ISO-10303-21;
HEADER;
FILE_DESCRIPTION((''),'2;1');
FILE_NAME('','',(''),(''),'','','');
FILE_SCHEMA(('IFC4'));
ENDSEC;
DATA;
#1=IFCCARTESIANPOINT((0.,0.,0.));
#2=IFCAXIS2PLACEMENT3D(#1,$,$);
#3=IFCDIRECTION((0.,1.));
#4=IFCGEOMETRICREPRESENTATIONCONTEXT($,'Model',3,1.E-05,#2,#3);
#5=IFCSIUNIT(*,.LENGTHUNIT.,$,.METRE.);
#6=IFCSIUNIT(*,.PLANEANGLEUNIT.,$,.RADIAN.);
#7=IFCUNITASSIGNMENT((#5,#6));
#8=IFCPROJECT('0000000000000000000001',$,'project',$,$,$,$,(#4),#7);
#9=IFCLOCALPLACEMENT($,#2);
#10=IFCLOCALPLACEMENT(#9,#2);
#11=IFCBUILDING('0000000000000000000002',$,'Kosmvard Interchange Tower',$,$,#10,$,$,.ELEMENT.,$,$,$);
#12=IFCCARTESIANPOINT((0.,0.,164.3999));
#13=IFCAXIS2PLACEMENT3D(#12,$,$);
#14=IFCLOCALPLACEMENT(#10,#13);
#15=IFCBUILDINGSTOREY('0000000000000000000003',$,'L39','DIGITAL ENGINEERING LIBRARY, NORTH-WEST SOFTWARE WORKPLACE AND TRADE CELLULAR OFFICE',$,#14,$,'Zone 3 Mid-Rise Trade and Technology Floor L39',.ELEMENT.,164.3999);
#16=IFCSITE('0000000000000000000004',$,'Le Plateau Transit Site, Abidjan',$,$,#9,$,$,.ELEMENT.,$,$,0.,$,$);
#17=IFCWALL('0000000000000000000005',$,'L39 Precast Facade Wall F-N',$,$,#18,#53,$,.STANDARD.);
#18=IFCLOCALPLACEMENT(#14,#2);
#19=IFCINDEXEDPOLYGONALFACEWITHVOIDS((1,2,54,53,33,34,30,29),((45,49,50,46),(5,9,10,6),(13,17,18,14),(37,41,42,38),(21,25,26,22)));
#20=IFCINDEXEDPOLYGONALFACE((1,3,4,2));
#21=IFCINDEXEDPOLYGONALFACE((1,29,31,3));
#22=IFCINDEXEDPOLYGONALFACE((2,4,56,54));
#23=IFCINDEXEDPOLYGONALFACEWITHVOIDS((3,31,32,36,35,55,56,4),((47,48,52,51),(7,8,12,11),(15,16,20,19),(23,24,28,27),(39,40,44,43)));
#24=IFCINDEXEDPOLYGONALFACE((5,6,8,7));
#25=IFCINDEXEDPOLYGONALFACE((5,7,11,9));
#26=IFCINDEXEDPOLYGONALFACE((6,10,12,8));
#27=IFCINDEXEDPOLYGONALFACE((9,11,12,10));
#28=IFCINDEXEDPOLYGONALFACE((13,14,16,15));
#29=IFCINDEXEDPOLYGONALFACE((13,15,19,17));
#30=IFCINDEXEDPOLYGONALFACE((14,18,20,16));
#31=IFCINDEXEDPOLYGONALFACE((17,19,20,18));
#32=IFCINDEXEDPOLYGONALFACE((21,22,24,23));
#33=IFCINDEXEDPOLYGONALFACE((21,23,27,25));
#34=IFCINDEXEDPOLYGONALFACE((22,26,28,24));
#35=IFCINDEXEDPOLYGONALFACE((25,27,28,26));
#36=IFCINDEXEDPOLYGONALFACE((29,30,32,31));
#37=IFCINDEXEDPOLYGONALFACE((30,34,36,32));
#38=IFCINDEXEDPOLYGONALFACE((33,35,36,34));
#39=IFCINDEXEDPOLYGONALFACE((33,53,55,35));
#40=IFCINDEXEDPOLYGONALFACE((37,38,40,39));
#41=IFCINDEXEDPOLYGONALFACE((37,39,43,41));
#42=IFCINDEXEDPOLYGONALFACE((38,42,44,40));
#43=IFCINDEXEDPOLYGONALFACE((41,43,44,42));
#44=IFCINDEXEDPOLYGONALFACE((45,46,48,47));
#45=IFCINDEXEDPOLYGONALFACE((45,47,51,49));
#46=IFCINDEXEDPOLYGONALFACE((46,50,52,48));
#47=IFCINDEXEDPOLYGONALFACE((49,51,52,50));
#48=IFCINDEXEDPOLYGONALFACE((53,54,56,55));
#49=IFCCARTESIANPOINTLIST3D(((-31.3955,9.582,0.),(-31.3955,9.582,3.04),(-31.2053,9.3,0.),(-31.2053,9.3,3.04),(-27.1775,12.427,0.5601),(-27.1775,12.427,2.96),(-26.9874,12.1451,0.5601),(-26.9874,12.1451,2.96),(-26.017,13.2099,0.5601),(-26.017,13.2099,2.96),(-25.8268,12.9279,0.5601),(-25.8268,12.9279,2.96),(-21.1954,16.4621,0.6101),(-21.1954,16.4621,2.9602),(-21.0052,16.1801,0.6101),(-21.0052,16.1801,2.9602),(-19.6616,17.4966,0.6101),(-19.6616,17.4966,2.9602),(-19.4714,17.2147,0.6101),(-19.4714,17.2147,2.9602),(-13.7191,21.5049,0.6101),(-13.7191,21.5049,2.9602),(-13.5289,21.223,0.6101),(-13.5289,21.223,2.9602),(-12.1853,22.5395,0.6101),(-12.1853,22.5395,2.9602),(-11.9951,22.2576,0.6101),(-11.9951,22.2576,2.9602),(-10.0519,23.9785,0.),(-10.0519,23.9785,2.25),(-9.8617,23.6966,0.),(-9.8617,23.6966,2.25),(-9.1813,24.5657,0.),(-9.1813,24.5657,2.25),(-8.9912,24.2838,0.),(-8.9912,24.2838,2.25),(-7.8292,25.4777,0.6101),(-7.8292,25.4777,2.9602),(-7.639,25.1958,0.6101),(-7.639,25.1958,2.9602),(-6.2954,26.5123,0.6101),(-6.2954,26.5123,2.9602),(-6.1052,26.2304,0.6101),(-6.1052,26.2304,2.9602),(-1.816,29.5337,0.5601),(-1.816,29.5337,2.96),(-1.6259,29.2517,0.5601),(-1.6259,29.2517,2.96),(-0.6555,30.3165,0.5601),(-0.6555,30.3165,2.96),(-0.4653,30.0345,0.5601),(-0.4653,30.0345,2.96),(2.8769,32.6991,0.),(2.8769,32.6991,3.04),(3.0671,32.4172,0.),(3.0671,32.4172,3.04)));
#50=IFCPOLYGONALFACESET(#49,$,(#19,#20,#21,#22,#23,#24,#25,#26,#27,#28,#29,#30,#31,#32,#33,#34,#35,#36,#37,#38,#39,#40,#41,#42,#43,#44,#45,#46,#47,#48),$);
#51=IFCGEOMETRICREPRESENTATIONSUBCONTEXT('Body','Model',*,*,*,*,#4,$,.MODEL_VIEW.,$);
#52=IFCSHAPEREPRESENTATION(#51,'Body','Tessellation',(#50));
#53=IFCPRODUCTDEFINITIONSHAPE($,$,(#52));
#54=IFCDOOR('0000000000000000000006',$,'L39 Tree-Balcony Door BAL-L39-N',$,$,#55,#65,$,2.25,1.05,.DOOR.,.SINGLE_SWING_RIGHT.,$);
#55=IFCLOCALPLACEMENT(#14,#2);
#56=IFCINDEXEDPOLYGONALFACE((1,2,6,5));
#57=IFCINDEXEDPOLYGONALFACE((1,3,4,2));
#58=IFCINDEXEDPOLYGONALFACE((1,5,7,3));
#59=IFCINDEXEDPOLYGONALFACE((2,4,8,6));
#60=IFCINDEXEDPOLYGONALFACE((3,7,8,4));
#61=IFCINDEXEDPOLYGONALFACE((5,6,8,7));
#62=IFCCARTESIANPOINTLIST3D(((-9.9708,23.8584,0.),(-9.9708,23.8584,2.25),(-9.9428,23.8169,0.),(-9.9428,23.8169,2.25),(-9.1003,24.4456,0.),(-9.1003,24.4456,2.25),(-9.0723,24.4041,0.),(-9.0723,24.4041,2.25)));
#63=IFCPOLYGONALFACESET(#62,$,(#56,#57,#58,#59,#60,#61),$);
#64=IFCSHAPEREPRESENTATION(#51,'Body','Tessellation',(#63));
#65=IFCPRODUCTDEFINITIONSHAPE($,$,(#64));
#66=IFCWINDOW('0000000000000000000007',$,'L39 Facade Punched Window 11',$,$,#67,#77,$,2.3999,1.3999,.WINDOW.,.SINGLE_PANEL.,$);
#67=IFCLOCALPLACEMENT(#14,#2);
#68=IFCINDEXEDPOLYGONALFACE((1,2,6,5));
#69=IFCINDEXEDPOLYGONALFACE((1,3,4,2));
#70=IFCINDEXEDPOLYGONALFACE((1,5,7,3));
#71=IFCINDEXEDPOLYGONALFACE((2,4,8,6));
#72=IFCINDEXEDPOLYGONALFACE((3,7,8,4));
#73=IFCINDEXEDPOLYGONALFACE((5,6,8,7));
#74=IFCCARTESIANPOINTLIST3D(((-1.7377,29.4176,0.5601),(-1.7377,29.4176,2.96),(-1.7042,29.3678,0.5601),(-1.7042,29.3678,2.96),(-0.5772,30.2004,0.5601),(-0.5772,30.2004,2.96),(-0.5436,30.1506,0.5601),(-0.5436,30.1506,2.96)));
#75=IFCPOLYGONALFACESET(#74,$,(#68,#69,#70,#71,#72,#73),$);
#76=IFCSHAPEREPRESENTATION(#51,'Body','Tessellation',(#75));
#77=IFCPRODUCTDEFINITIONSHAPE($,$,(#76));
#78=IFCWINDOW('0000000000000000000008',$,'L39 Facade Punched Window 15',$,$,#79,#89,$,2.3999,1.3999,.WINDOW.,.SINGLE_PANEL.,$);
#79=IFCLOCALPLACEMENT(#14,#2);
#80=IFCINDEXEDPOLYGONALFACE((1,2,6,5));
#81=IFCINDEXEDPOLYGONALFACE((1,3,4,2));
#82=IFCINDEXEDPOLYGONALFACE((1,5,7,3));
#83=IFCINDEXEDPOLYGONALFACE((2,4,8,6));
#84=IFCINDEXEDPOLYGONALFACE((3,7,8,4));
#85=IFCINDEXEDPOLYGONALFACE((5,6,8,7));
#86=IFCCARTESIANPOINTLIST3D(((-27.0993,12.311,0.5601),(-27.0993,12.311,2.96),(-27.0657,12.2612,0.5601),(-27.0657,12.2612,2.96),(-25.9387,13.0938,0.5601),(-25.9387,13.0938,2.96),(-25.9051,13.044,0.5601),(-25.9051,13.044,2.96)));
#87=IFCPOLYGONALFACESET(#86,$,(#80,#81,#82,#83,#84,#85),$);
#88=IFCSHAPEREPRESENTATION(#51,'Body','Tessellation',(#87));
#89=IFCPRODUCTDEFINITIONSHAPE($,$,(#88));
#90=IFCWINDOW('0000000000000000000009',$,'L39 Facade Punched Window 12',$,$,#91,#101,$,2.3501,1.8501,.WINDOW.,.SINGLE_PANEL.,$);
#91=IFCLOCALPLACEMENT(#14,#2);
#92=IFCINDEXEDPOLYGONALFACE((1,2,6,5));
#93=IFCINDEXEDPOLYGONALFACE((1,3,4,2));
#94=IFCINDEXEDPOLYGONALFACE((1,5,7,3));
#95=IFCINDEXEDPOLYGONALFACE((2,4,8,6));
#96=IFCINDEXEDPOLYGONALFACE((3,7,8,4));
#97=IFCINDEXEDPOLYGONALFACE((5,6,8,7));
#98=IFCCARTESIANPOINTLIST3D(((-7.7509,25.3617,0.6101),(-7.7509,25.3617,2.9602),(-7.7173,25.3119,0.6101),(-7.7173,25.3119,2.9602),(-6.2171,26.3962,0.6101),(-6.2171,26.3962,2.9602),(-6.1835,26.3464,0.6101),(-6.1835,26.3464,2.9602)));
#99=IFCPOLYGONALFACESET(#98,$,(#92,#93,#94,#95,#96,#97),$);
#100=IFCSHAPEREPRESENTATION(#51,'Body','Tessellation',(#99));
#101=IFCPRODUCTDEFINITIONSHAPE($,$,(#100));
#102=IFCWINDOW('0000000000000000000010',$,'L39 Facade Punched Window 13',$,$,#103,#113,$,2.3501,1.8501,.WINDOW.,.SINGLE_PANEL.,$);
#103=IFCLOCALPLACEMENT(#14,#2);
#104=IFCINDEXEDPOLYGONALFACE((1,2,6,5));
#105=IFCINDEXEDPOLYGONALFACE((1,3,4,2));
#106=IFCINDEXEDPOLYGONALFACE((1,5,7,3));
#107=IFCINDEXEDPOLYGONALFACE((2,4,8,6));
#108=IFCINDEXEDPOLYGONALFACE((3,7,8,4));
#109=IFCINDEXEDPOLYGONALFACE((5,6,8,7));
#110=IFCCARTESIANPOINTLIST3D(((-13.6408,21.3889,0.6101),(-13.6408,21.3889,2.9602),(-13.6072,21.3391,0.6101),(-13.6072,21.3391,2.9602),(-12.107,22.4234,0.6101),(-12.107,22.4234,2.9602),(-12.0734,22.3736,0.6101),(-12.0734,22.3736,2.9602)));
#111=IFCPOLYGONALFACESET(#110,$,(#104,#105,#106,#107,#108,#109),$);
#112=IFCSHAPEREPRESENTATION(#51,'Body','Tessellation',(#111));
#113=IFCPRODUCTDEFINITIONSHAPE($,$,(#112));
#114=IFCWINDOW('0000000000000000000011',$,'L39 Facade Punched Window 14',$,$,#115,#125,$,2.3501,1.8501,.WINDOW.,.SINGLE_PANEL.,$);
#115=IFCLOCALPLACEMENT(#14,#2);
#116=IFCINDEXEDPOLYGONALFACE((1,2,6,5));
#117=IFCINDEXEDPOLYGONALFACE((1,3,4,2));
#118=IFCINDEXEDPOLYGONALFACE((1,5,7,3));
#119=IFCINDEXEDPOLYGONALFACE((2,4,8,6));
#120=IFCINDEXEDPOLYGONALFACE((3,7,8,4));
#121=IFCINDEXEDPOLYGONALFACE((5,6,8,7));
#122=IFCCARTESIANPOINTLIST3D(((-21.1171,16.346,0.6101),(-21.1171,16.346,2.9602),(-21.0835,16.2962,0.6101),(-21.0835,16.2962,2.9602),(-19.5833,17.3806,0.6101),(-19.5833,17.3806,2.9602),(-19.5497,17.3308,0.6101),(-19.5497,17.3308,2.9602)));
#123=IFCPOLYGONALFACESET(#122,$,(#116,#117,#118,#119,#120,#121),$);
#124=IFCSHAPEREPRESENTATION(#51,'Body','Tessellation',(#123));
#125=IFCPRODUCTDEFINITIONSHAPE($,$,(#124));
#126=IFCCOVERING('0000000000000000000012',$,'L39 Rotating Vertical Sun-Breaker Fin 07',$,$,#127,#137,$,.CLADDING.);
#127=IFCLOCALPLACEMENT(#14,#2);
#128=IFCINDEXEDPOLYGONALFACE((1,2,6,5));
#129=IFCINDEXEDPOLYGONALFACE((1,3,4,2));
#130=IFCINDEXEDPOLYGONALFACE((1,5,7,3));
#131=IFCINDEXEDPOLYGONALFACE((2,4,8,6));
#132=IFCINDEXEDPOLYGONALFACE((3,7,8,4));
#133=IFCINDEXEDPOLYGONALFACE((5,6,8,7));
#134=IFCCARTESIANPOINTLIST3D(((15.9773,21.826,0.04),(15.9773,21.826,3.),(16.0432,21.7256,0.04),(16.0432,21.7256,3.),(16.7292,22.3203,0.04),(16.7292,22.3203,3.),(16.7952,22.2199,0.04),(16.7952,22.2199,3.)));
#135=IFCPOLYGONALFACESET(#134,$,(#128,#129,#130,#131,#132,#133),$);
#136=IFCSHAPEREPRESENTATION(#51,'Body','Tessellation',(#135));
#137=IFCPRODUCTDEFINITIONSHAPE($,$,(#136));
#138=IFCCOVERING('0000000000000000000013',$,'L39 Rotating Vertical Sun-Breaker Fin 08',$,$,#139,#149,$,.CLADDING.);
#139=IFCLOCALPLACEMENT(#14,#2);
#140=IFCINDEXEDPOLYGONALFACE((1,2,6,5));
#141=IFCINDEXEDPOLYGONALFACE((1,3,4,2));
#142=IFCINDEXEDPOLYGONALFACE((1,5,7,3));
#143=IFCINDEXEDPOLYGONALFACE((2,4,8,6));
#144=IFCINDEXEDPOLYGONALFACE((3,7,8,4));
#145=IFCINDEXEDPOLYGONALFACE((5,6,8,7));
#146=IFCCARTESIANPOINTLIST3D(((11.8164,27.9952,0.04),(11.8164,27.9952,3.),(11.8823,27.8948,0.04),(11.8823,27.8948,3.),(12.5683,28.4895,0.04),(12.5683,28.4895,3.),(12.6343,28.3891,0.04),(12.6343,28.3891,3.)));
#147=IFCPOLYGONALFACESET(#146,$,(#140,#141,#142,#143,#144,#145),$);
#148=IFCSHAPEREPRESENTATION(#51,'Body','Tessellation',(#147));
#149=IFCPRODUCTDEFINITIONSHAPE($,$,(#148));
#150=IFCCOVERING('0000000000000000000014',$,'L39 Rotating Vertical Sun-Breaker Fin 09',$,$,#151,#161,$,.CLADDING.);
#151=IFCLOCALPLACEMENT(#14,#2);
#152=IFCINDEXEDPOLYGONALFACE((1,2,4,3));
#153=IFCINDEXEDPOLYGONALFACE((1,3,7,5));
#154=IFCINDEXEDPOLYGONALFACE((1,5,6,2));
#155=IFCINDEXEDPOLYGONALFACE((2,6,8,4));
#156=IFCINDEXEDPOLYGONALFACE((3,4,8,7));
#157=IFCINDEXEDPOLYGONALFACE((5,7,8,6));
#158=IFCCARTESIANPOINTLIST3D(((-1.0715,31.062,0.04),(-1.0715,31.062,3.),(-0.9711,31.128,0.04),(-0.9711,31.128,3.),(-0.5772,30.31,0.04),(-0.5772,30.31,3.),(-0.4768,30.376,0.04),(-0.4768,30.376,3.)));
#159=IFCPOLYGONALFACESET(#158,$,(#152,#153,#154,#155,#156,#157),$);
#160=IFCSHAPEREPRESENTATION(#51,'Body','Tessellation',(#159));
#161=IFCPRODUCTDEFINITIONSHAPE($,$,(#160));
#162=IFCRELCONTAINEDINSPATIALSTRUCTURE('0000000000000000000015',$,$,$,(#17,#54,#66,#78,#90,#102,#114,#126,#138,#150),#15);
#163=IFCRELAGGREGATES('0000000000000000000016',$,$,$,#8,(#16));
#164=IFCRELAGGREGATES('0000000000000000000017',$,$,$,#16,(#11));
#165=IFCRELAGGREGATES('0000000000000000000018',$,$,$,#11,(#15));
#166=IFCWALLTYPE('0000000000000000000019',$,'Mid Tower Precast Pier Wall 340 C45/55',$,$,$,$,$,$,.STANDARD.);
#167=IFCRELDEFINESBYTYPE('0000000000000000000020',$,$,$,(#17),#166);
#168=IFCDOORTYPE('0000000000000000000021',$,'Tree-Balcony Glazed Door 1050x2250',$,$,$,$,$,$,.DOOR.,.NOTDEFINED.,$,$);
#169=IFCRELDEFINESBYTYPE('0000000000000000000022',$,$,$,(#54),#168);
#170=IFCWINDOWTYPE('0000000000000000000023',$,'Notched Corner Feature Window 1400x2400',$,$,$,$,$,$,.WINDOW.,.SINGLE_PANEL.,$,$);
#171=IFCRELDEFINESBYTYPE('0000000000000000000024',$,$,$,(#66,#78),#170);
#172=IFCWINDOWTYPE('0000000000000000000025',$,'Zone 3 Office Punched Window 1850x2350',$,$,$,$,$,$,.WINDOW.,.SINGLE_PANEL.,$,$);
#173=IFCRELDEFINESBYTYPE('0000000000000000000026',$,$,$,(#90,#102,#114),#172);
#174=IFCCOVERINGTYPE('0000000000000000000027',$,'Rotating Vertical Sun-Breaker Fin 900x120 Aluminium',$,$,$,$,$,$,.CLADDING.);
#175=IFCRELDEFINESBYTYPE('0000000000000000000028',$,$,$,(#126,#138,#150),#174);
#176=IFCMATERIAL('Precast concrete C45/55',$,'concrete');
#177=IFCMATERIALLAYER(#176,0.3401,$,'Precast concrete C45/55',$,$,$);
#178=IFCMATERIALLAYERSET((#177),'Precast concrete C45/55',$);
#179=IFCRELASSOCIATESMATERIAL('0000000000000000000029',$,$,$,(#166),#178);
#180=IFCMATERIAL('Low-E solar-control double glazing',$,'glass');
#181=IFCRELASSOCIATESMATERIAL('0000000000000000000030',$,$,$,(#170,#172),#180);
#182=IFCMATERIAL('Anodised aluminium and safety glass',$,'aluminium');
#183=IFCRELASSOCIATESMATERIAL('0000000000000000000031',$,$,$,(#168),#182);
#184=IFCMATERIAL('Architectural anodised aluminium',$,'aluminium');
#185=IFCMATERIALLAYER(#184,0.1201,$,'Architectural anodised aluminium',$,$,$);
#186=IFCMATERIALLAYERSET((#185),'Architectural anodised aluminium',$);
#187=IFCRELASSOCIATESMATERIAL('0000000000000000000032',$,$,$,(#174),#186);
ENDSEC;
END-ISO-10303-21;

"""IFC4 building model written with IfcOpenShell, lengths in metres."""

from ifc_helpers import new_model, si_unit, direction, frame, frame_2d, origin, origin_2d, place, context, subcontext, project, spatial, rectangle, extrude, source, transform, mapped, material, layer, layer_set, type_object, element, fill, save


model = new_model("IFC4")

# Units and contexts
model_context = context("Model", 3, precision=1e-05, world=origin(), true_north=direction((0.0, 1.0)))
body_context = subcontext(model_context, "Body", "Model", "MODEL_VIEW")
ifc_project = project(units=[si_unit("LENGTHUNIT", "METRE"), si_unit("PLANEANGLEUNIT", "RADIAN")], contexts=[model_context])

# Site, building, storey
site_placement = place(None, origin())
site = spatial("IfcSite", under=ifc_project, at=site_placement, Name="Le Plateau Transit Site, Abidjan", CompositionType="ELEMENT", RefElevation=0.0)
building_placement = place(site_placement, origin())
building = spatial("IfcBuilding", under=site, at=building_placement, Name="Kosmvard Interchange Tower", CompositionType="ELEMENT")
storey_placement = place(building_placement, frame((0.0, 0.0, 164.3999)))
storey = spatial("IfcBuildingStorey", under=building, at=storey_placement, Name="L39", Description="DIGITAL ENGINEERING LIBRARY, NORTH-WEST SOFTWARE WORKPLACE AND TRADE CELLULAR OFFICE", LongName="Zone 3 Mid-Rise Trade and Technology Floor L39", CompositionType="ELEMENT", Elevation=164.3999)

# Shared definitions
ifc_material_1 = material(Name="Precast concrete C45/55", Category="concrete")

# Shared definitions
ifc_layer_1 = layer(ifc_material_1, 0.3401, Name="Precast concrete C45/55")
ifc_layer_set_1 = layer_set([ifc_layer_1], Name="Precast concrete C45/55")
wall_type = type_object("IfcWallType", Name="Mid Tower Precast Pier Wall 340 C45/55", PredefinedType="STANDARD", material=ifc_layer_set_1)

# Shared definitions
ifc_material_2 = material(Name="Low-E solar-control double glazing", Category="glass")
window_type_1 = type_object("IfcWindowType", Name="Notched Corner Feature Window 1400x2400", PartitioningType="SINGLE_PANEL", PredefinedType="WINDOW", material=ifc_material_2)
shared_shape_1 = source(origin(), body_context, "Body", "SweptSolid", [
    extrude(rectangle(XDim=1.3999, YDim=2.3999, at=frame_2d((0.7, 1.2))), frame((0.0, 0.03, 0.0), z_axis=(0.0, -1.0, 0.0), x_axis=(1.0, 0.0, 0.0)), (0.0, 0.0, 1.0), 0.0601),
])

# Wall, openings, door, windows
wall_1_placement = place(storey_placement, frame((2.9719, 32.5581, 0.0), z_axis=(0.0, 0.0, 1.0), x_axis=(-0.829036, -0.559195, 0.0)))
wall_1 = element("IfcWall", 1, at=wall_1_placement, inside=storey, type_object=wall_type, Name="L39 Precast Facade Wall F-N", PredefinedType="STANDARD", context=body_context, shape_type="SweptSolid", body=[
    extrude(rectangle(XDim=41.3401, YDim=0.3401, at=frame_2d((20.6699, 0.0))), origin(), (0.0, 0.0, 1.0), 3.04),
])
opening_1_placement = place(wall_1_placement, frame((14.5449, 0.0, 0.0)))
opening_1 = element("IfcOpeningElement", 2, at=opening_1_placement, cuts=wall_1, PredefinedType="OPENING", context=body_context, shape_type="SweptSolid", body=[
    extrude(rectangle(XDim=1.05, YDim=2.25, at=frame_2d((0.5249, 1.125))), frame((0.0, 0.1802, 0.0), z_axis=(0.0, -1.0, 0.0), x_axis=(1.0, 0.0, 0.0)), (0.0, 0.0, 1.0), 0.3601),
])
opening_2_placement = place(wall_1_placement, frame((4.2607, 0.0, 0.5601)))
opening_2 = element("IfcOpeningElement", 3, at=opening_2_placement, cuts=wall_1, PredefinedType="OPENING", context=body_context, shape_type="SweptSolid", body=[
    extrude(rectangle(XDim=1.3999, YDim=2.3999, at=frame_2d((0.7, 1.2))), frame((0.0, 0.1802, 0.0), z_axis=(0.0, -1.0, 0.0), x_axis=(1.0, 0.0, 0.0)), (0.0, 0.0, 1.0), 0.3601),
])
opening_3_placement = place(wall_1_placement, frame((11.0637, 0.0, 0.6101)))
opening_3 = element("IfcOpeningElement", 4, at=opening_3_placement, cuts=wall_1, PredefinedType="OPENING", context=body_context, shape_type="SweptSolid", body=[
    extrude(rectangle(XDim=1.8501, YDim=2.3501, at=frame_2d((0.925, 1.175))), frame((0.0, 0.1802, 0.0), z_axis=(0.0, -1.0, 0.0), x_axis=(1.0, 0.0, 0.0)), (0.0, 0.0, 1.0), 0.3601),
])
opening_4_placement = place(wall_1_placement, frame((18.1682, 0.0, 0.6101)))
opening_4 = element("IfcOpeningElement", 5, at=opening_4_placement, cuts=wall_1, PredefinedType="OPENING", context=body_context, shape_type="SweptSolid", body=[
    extrude(rectangle(XDim=1.8501, YDim=2.3501, at=frame_2d((0.925, 1.175))), frame((0.0, 0.1802, 0.0), z_axis=(0.0, -1.0, 0.0), x_axis=(1.0, 0.0, 0.0)), (0.0, 0.0, 1.0), 0.3601),
])
opening_5_placement = place(wall_1_placement, frame((27.1863, 0.0, 0.6101)))
opening_5 = element("IfcOpeningElement", 6, at=opening_5_placement, cuts=wall_1, PredefinedType="OPENING", context=body_context, shape_type="SweptSolid", body=[
    extrude(rectangle(XDim=1.8501, YDim=2.3501, at=frame_2d((0.925, 1.175))), frame((0.0, 0.1802, 0.0), z_axis=(0.0, -1.0, 0.0), x_axis=(1.0, 0.0, 0.0)), (0.0, 0.0, 1.0), 0.3601),
])
opening_6_placement = place(wall_1_placement, frame((34.8523, 0.0, 0.5601)))
opening_6 = element("IfcOpeningElement", 7, at=opening_6_placement, cuts=wall_1, PredefinedType="OPENING", context=body_context, shape_type="SweptSolid", body=[
    extrude(rectangle(XDim=1.3999, YDim=2.3999, at=frame_2d((0.7, 1.2))), frame((0.0, 0.1802, 0.0), z_axis=(0.0, -1.0, 0.0), x_axis=(1.0, 0.0, 0.0)), (0.0, 0.0, 1.0), 0.3601),
])
ifc_material_3 = material(Name="Anodised aluminium and safety glass", Category="aluminium")
door_type = type_object("IfcDoorType", Name="Tree-Balcony Glazed Door 1050x2250", OperationType="NOTDEFINED", PredefinedType="DOOR", material=ifc_material_3)
shared_shape_2 = source(origin(), body_context, "Body", "SweptSolid", [
    extrude(rectangle(XDim=1.05, YDim=2.25, at=frame_2d((0.5249, 1.125))), frame((0.0, 0.0249, 0.0), z_axis=(0.0, -1.0, 0.0), x_axis=(1.0, 0.0, 0.0)), (0.0, 0.0, 1.0), 0.05),
])
door_placement = place(opening_1_placement, origin())
door = element("IfcDoor", 8, at=door_placement, inside=storey, type_object=door_type, Name="L39 Tree-Balcony Door BAL-L39-N", OperationType="SINGLE_SWING_RIGHT", OverallHeight=2.25, OverallWidth=1.05, PredefinedType="DOOR", context=body_context, shape_type="MappedRepresentation", body=[
    mapped(shared_shape_2, transform((0.0, 0.0, 0.0), scale=1.0)),
])
fill(opening_1, door)
window_1_placement = place(opening_2_placement, origin())
window_1 = element("IfcWindow", 9, at=window_1_placement, inside=storey, type_object=window_type_1, Name="L39 Facade Punched Window 11", OverallHeight=2.3999, OverallWidth=1.3999, PartitioningType="SINGLE_PANEL", PredefinedType="WINDOW", context=body_context, shape_type="MappedRepresentation", body=[
    mapped(shared_shape_1, transform((0.0, 0.0, 0.0), scale=1.0)),
])
fill(opening_2, window_1)
window_2_placement = place(opening_6_placement, origin())
window_2 = element("IfcWindow", 10, at=window_2_placement, inside=storey, type_object=window_type_1, Name="L39 Facade Punched Window 15", OverallHeight=2.3999, OverallWidth=1.3999, PartitioningType="SINGLE_PANEL", PredefinedType="WINDOW", context=body_context, shape_type="MappedRepresentation", body=[
    mapped(shared_shape_1, transform((0.0, 0.0, 0.0), scale=1.0)),
])
fill(opening_6, window_2)
window_type_2 = type_object("IfcWindowType", Name="Zone 3 Office Punched Window 1850x2350", PartitioningType="SINGLE_PANEL", PredefinedType="WINDOW", material=ifc_material_2)
shared_shape_3 = source(origin(), body_context, "Body", "SweptSolid", [
    extrude(rectangle(XDim=1.8501, YDim=2.3501, at=frame_2d((0.925, 1.175))), frame((0.0, 0.03, 0.0), z_axis=(0.0, -1.0, 0.0), x_axis=(1.0, 0.0, 0.0)), (0.0, 0.0, 1.0), 0.0601),
])
window_3_placement = place(opening_3_placement, origin())
window_3 = element("IfcWindow", 11, at=window_3_placement, inside=storey, type_object=window_type_2, Name="L39 Facade Punched Window 12", OverallHeight=2.3501, OverallWidth=1.8501, PartitioningType="SINGLE_PANEL", PredefinedType="WINDOW", context=body_context, shape_type="MappedRepresentation", body=[
    mapped(shared_shape_3, transform((0.0, 0.0, 0.0), scale=1.0)),
])
fill(opening_3, window_3)
window_4_placement = place(opening_4_placement, origin())
window_4 = element("IfcWindow", 12, at=window_4_placement, inside=storey, type_object=window_type_2, Name="L39 Facade Punched Window 13", OverallHeight=2.3501, OverallWidth=1.8501, PartitioningType="SINGLE_PANEL", PredefinedType="WINDOW", context=body_context, shape_type="MappedRepresentation", body=[
    mapped(shared_shape_3, transform((0.0, 0.0, 0.0), scale=1.0)),
])
fill(opening_4, window_4)
window_5_placement = place(opening_5_placement, origin())
window_5 = element("IfcWindow", 13, at=window_5_placement, inside=storey, type_object=window_type_2, Name="L39 Facade Punched Window 14", OverallHeight=2.3501, OverallWidth=1.8501, PartitioningType="SINGLE_PANEL", PredefinedType="WINDOW", context=body_context, shape_type="MappedRepresentation", body=[
    mapped(shared_shape_3, transform((0.0, 0.0, 0.0), scale=1.0)),
])
fill(opening_5, window_5)

# Coverings
ifc_material_4 = material(Name="Architectural anodised aluminium", Category="aluminium")
ifc_layer_2 = layer(ifc_material_4, 0.1201, Name="Architectural anodised aluminium")
ifc_layer_set_2 = layer_set([ifc_layer_2], Name="Architectural anodised aluminium")
covering_type = type_object("IfcCoveringType", Name="Rotating Vertical Sun-Breaker Fin 900x120 Aluminium", PredefinedType="CLADDING", material=ifc_layer_set_2)
shared_shape_4 = source(origin(), body_context, "Body", "SweptSolid", [
    extrude(rectangle(XDim=0.8999, YDim=0.1201, at=origin_2d()), origin(), (0.0, 0.0, 1.0), 2.96),
])
for number, where, z_axis, x_axis, name in (
    (14, (16.3862, 22.0229, 0.04), (0.0, 0.0, 1.0), (0.835616, 0.549315, 0.0), "L39 Rotating Vertical Sun-Breaker Fin 07"),
    (15, (12.2253, 28.1921, 0.04), (0.0, 0.0, 1.0), (0.835616, 0.549315, 0.0), "L39 Rotating Vertical Sun-Breaker Fin 08"),
    (16, (-0.7742, 30.719, 0.04), (0.0, 0.0, 1.0), (-0.549315, 0.835616, 0.0), "L39 Rotating Vertical Sun-Breaker Fin 09"),
):
    element("IfcCovering", number, at=place(storey_placement, frame(where, z_axis=z_axis, x_axis=x_axis)), inside=storey, type_object=covering_type, Name=name, PredefinedType="CLADDING", context=body_context, shape_type="MappedRepresentation", body=[
        mapped(shared_shape_4, transform((0.0, 0.0, 0.0), scale=1.0)),
    ])

save(model, "model.ifc")
